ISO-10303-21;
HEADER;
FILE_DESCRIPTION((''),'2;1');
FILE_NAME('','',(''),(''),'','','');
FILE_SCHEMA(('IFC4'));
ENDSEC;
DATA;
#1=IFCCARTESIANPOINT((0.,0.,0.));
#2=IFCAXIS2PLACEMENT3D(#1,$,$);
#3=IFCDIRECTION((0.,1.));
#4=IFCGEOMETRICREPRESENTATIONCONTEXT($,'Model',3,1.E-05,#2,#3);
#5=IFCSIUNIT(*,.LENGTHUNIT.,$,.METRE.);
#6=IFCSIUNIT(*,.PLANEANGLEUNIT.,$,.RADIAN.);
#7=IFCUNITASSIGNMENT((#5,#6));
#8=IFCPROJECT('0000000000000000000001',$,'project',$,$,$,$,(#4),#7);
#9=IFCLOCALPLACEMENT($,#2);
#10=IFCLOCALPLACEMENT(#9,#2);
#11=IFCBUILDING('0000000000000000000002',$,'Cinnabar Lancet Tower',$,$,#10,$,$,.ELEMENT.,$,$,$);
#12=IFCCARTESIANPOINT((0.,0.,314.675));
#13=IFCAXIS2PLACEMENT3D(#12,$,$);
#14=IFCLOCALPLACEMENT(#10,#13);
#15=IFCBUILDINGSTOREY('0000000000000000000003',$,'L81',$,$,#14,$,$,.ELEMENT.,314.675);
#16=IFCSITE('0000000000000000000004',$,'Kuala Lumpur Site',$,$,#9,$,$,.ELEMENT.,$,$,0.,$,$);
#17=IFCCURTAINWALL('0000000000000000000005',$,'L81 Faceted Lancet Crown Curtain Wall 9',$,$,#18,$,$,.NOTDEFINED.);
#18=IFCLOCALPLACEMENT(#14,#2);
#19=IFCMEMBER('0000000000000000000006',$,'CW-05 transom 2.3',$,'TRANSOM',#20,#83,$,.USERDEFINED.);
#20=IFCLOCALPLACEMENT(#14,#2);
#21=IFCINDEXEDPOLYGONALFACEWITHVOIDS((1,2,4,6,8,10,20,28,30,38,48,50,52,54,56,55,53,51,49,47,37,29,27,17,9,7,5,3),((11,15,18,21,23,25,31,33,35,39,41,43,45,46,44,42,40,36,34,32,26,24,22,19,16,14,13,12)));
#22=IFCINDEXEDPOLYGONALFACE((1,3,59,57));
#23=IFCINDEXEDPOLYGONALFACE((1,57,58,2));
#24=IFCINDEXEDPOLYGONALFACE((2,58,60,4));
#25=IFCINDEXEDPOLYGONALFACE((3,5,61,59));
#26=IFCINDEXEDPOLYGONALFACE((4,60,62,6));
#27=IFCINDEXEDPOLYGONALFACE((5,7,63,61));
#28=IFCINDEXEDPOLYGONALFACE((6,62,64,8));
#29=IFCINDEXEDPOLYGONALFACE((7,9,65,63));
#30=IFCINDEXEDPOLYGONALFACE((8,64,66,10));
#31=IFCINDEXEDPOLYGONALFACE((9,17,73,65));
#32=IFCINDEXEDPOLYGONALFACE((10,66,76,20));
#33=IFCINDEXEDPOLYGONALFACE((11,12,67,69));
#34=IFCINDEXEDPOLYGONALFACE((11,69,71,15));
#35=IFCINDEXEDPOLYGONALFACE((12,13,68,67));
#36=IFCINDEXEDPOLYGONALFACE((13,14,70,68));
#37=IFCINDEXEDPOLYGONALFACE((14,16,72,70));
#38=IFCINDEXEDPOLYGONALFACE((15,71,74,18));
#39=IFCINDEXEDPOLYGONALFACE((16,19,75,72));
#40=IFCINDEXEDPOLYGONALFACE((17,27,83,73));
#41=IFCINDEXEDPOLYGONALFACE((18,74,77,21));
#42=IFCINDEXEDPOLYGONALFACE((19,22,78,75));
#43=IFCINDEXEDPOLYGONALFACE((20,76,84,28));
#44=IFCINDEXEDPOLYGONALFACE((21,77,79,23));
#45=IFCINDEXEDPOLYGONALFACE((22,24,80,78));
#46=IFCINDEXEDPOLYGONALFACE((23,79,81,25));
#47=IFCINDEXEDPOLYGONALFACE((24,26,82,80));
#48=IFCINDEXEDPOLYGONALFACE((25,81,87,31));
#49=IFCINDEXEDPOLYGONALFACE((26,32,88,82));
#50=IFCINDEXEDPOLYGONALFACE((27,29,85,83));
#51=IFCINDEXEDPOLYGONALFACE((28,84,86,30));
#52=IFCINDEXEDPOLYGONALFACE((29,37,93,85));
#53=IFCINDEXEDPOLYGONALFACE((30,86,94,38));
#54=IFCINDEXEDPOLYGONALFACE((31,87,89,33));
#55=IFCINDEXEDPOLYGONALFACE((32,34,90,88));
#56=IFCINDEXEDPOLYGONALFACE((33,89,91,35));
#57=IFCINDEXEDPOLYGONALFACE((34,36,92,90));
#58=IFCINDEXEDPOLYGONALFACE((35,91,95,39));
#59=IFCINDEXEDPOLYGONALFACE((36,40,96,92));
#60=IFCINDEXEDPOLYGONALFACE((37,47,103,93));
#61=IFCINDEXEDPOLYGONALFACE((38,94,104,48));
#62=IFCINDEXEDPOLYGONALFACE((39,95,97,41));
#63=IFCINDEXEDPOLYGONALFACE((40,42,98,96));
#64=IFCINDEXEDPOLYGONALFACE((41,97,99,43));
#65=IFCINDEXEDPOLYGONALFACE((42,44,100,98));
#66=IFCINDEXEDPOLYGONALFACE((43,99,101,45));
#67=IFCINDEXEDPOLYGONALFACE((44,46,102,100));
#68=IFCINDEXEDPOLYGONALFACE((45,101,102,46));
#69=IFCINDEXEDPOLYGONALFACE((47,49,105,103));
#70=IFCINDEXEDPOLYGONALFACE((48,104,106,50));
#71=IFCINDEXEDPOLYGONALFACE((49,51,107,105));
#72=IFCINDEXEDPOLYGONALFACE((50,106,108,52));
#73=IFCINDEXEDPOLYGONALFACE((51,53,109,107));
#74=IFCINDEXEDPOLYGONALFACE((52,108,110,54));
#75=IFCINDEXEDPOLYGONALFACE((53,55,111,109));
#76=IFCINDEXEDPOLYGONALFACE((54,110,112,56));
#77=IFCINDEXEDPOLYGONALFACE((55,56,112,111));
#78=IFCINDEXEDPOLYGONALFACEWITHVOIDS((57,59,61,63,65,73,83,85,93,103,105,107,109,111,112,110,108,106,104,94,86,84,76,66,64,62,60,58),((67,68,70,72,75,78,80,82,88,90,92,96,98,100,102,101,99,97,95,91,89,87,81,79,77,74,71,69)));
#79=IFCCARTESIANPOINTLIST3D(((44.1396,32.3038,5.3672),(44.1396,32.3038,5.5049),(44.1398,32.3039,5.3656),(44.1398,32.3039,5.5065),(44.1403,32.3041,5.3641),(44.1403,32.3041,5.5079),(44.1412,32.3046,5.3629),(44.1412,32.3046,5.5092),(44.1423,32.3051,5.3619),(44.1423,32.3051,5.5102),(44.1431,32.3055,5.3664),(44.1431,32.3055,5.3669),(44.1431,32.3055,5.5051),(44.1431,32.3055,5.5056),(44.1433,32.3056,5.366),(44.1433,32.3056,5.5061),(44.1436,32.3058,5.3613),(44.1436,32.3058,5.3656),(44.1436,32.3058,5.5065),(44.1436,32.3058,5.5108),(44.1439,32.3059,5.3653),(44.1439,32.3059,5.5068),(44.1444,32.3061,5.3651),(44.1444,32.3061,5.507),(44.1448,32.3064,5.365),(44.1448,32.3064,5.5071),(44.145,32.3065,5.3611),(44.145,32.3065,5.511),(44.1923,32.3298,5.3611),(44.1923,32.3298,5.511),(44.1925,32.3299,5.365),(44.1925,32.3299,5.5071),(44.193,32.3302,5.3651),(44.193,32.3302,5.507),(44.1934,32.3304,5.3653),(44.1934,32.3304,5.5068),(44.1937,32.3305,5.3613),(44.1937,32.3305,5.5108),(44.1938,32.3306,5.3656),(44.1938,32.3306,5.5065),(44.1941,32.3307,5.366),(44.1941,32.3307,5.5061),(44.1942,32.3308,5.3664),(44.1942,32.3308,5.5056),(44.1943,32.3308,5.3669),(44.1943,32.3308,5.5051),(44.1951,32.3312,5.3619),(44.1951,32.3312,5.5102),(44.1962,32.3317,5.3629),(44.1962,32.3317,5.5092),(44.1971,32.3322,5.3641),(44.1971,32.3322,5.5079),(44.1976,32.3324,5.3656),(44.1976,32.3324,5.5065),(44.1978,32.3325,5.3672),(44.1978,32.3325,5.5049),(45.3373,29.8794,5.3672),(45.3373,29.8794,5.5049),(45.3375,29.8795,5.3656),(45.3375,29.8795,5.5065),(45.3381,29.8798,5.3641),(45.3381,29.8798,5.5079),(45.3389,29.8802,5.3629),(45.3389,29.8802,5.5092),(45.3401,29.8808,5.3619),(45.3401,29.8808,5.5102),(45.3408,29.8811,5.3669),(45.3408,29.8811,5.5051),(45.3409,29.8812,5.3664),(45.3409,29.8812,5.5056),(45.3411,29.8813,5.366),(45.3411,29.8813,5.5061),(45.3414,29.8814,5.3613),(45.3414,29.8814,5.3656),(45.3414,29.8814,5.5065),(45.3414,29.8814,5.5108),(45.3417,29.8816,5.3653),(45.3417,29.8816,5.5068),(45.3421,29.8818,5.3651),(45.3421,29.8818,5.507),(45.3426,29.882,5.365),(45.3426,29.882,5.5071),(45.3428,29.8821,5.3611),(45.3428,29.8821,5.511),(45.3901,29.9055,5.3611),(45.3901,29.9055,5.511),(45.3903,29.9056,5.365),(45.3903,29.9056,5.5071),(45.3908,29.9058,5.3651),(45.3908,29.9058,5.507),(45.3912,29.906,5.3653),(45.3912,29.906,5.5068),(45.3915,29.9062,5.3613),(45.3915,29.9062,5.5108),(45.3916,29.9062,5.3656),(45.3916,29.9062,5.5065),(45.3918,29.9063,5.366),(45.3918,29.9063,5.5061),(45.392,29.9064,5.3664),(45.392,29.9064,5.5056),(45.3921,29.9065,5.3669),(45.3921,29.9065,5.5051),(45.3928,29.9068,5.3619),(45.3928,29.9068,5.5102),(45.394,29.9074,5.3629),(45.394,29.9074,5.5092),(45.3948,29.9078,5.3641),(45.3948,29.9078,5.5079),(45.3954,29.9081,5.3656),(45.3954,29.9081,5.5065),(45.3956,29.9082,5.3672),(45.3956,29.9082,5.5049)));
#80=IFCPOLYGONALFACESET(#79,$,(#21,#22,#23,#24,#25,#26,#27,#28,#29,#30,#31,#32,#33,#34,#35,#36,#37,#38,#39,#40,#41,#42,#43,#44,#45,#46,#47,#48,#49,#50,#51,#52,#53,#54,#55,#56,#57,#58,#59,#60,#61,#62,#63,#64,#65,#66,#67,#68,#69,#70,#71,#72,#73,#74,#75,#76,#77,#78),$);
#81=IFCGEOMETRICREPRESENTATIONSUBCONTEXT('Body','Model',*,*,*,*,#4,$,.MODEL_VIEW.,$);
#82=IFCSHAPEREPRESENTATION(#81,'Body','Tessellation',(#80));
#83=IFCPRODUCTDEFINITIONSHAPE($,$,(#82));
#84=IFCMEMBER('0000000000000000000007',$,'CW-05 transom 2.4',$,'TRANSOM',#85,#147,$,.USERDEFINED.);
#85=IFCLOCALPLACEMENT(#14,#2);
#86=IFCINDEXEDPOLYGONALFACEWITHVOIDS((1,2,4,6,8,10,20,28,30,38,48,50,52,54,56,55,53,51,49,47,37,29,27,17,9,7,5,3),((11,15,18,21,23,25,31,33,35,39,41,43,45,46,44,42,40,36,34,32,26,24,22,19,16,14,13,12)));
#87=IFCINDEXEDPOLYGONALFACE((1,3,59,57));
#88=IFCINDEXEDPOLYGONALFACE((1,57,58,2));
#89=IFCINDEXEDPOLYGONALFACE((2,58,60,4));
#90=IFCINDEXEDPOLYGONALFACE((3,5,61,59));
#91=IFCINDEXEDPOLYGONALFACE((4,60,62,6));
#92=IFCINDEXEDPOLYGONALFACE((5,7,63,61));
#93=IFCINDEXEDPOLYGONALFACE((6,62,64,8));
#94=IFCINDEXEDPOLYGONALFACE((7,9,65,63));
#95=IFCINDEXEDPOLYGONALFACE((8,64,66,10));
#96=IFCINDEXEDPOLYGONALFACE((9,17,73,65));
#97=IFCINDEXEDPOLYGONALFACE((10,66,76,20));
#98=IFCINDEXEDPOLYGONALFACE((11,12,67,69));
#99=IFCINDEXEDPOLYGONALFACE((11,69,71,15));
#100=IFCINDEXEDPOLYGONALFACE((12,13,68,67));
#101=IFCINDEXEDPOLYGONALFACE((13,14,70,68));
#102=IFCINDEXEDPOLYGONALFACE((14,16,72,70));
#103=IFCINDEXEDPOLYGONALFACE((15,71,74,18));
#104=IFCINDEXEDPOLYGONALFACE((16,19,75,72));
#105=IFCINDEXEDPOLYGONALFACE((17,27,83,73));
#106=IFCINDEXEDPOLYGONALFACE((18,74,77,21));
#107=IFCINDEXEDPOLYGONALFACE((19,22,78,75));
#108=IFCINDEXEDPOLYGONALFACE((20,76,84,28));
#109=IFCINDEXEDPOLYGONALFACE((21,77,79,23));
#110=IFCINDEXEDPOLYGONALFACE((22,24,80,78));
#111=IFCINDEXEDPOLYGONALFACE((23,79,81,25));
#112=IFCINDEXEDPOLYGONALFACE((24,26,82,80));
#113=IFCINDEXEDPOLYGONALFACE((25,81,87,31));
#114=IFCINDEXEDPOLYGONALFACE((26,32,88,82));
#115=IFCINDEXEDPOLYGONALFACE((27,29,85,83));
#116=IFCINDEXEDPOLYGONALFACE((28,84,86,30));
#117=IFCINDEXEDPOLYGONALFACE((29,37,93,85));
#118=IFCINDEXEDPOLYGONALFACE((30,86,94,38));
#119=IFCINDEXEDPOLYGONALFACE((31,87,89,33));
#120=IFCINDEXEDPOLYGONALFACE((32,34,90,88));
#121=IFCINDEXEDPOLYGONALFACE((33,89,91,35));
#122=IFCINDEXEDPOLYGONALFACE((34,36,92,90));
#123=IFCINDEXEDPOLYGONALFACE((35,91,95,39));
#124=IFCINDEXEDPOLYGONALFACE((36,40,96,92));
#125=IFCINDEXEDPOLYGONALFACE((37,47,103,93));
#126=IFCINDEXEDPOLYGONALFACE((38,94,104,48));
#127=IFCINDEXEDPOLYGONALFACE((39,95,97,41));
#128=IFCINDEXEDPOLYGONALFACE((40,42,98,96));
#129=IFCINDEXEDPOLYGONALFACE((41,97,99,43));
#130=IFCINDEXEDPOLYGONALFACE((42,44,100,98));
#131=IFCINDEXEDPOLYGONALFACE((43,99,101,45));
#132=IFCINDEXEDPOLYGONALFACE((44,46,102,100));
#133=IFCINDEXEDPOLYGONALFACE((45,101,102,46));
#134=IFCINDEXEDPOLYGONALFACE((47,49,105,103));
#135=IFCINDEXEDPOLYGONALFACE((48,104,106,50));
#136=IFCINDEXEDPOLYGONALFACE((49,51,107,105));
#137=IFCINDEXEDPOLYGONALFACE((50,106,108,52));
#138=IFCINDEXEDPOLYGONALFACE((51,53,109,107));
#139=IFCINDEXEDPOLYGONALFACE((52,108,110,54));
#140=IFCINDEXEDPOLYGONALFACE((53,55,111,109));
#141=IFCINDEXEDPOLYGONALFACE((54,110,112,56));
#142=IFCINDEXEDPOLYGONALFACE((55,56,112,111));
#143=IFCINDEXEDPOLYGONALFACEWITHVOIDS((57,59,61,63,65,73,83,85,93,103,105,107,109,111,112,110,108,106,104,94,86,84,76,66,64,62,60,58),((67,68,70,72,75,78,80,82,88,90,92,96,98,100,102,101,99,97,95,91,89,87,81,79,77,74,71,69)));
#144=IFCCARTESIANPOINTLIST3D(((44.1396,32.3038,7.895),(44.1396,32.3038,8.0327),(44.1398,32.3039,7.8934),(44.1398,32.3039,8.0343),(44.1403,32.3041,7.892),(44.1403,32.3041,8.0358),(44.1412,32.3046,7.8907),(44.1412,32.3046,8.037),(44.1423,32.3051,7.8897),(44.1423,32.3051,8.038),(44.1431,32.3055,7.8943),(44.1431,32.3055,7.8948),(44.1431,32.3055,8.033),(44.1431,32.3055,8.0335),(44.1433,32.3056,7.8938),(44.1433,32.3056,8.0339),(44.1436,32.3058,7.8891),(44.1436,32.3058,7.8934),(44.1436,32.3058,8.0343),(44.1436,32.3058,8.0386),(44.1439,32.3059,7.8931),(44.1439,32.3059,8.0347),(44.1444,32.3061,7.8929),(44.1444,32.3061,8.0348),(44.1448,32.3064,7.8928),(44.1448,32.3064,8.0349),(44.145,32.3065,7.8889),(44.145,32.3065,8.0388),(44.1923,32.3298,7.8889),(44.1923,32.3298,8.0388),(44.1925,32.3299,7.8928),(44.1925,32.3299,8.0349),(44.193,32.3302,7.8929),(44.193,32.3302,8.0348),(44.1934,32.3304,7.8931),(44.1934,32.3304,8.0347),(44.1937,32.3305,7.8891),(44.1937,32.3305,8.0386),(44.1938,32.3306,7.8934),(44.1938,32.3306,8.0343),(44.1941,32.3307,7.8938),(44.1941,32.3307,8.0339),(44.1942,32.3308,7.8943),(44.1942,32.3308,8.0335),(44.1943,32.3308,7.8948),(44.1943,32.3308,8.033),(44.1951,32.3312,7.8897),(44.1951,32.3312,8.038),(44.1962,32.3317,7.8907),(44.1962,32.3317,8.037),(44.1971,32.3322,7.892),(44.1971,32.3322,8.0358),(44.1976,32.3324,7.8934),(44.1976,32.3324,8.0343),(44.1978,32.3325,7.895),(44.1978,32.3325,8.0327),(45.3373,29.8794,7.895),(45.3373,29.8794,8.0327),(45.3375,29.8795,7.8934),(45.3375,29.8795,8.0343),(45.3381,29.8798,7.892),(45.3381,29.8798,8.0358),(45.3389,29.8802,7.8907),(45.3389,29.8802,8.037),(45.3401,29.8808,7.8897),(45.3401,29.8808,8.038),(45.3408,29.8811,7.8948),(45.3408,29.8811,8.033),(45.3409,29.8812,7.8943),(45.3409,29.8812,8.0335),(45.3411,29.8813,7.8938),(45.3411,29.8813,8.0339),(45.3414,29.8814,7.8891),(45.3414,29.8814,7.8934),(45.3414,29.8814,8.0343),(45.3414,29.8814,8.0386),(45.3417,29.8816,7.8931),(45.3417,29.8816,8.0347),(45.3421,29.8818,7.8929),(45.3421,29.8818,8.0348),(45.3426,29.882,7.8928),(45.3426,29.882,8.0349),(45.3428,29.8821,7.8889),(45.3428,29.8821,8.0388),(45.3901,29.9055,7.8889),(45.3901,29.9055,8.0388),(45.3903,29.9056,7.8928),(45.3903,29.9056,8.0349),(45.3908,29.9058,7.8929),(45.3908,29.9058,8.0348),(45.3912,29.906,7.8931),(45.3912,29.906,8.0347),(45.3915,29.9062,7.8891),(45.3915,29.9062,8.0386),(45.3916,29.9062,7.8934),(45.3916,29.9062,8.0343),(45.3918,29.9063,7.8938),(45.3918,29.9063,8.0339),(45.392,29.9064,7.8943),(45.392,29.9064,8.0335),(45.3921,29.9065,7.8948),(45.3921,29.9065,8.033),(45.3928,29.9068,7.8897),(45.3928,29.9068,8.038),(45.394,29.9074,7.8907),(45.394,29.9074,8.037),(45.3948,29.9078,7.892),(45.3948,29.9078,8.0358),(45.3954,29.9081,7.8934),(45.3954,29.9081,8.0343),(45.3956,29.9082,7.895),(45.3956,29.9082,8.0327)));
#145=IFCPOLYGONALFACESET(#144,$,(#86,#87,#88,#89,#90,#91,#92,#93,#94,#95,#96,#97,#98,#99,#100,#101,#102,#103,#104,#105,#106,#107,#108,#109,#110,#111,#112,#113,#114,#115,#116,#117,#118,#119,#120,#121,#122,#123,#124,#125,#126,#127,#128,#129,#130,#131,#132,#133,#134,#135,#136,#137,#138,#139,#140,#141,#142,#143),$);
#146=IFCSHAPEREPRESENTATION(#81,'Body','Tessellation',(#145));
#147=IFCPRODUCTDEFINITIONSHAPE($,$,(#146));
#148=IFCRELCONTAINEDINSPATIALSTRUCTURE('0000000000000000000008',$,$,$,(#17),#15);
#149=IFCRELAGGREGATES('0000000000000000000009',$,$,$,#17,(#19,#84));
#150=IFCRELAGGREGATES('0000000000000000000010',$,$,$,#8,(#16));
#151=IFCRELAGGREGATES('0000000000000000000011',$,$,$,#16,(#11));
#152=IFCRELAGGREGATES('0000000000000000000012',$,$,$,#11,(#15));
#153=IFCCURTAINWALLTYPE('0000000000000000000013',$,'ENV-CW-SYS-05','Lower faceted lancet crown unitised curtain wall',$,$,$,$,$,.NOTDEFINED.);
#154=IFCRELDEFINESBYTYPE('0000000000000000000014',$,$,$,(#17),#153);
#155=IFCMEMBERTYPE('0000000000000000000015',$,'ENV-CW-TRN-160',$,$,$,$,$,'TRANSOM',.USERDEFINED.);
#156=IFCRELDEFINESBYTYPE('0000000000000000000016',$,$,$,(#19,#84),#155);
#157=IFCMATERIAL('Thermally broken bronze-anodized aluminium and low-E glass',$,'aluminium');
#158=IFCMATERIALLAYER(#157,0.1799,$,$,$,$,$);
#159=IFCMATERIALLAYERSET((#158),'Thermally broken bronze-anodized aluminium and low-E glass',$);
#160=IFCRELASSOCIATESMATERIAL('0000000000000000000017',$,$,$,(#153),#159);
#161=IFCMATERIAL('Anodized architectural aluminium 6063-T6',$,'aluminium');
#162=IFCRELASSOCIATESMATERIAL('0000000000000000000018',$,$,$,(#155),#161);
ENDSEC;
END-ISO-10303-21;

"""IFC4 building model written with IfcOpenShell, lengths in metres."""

from ifc_helpers import new_model, si_unit, direction, frame, origin, origin_2d, place, context, subcontext, project, spatial, hollow_rectangle, extrude, material, layer, layer_set, material_profile, profile_set, type_object, element, aggregate, save


model = new_model("IFC4")

# Units and contexts
model_context = context("Model", 3, precision=1e-05, world=origin(), true_north=direction((0.0, 1.0)))
body_context = subcontext(model_context, "Body", "Model", "MODEL_VIEW")
ifc_project = project(units=[si_unit("LENGTHUNIT", "METRE"), si_unit("PLANEANGLEUNIT", "RADIAN")], contexts=[model_context])

# Site, building, storey
site_placement = place(None, origin())
site = spatial("IfcSite", under=ifc_project, at=site_placement, Name="Kuala Lumpur Site", CompositionType="ELEMENT", RefElevation=0.0)
building_placement = place(site_placement, origin())
building = spatial("IfcBuilding", under=site, at=building_placement, Name="Cinnabar Lancet Tower", CompositionType="ELEMENT")
storey_placement = place(building_placement, frame((0.0, 0.0, 314.675)))
storey = spatial("IfcBuildingStorey", under=building, at=storey_placement, Name="L81", CompositionType="ELEMENT", Elevation=314.675)

# Curtain wall
ifc_material_1 = material(Name="Thermally broken bronze-anodized aluminium and low-E glass", Category="aluminium")
ifc_layer_1 = layer(ifc_material_1, 0.1799)
ifc_layer_set_1 = layer_set([ifc_layer_1], Name="Thermally broken bronze-anodized aluminium and low-E glass")
curtain_wall_type = type_object("IfcCurtainWallType", Name="ENV-CW-SYS-05", Description="Lower faceted lancet crown unitised curtain wall", PredefinedType="NOTDEFINED", material=ifc_layer_set_1)
curtain_wall_1_placement = place(storey_placement, origin())
curtain_wall_1 = element("IfcCurtainWall", 1, at=curtain_wall_1_placement, inside=storey, type_object=curtain_wall_type, Name="L81 Faceted Lancet Crown Curtain Wall 9", PredefinedType="NOTDEFINED")

# Members
ifc_material_2 = material(Name="Anodized architectural aluminium 6063-T6", Category="aluminium")
ifc_material_profile_1 = material_profile(ifc_material_2, hollow_rectangle(XDim=0.0649, YDim=0.1499, WallThickness=0.0039, InnerFilletRadius=0.002, OuterFilletRadius=0.0061, at=origin_2d()), Name="CW-TRN 150x65x4")
ifc_profile_set_1 = profile_set([ifc_material_profile_1], Name="Anodized architectural aluminium 6063-T6")
member_type_1 = type_object("IfcMemberType", Name="ENV-CW-TRN-160", ElementType="TRANSOM", PredefinedType="USERDEFINED", material=ifc_profile_set_1)
member_1_placement = place(storey_placement, frame((45.3665, 29.8938, 5.436), z_axis=(-0.442947, 0.896548, 0.0), x_axis=(-0.896548, -0.442947, 0.0)))
member_1 = element("IfcMember", 2, at=member_1_placement, type_object=member_type_1, Name="CW-05 transom 2.3", ObjectType="TRANSOM", PredefinedType="USERDEFINED", context=body_context, shape_type="SweptSolid", body=[
    extrude(hollow_rectangle(XDim=0.0649, YDim=0.1499, WallThickness=0.0039, InnerFilletRadius=0.002, OuterFilletRadius=0.0061, at=origin_2d()), origin(), (0.0, 0.0, 1.0), 2.7041),
])
member_2_placement = place(storey_placement, frame((45.3665, 29.8938, 7.9639), z_axis=(-0.442947, 0.896548, 0.0), x_axis=(-0.896548, -0.442947, 0.0)))
member_2 = element("IfcMember", 3, at=member_2_placement, type_object=member_type_1, Name="CW-05 transom 2.4", ObjectType="TRANSOM", PredefinedType="USERDEFINED", context=body_context, shape_type="SweptSolid", body=[
    extrude(hollow_rectangle(XDim=0.0649, YDim=0.1499, WallThickness=0.0039, InnerFilletRadius=0.002, OuterFilletRadius=0.0061, at=origin_2d()), origin(), (0.0, 0.0, 1.0), 2.7041),
])

aggregate(curtain_wall_1, [member_1, member_2])

save(model, "model.ifc")
